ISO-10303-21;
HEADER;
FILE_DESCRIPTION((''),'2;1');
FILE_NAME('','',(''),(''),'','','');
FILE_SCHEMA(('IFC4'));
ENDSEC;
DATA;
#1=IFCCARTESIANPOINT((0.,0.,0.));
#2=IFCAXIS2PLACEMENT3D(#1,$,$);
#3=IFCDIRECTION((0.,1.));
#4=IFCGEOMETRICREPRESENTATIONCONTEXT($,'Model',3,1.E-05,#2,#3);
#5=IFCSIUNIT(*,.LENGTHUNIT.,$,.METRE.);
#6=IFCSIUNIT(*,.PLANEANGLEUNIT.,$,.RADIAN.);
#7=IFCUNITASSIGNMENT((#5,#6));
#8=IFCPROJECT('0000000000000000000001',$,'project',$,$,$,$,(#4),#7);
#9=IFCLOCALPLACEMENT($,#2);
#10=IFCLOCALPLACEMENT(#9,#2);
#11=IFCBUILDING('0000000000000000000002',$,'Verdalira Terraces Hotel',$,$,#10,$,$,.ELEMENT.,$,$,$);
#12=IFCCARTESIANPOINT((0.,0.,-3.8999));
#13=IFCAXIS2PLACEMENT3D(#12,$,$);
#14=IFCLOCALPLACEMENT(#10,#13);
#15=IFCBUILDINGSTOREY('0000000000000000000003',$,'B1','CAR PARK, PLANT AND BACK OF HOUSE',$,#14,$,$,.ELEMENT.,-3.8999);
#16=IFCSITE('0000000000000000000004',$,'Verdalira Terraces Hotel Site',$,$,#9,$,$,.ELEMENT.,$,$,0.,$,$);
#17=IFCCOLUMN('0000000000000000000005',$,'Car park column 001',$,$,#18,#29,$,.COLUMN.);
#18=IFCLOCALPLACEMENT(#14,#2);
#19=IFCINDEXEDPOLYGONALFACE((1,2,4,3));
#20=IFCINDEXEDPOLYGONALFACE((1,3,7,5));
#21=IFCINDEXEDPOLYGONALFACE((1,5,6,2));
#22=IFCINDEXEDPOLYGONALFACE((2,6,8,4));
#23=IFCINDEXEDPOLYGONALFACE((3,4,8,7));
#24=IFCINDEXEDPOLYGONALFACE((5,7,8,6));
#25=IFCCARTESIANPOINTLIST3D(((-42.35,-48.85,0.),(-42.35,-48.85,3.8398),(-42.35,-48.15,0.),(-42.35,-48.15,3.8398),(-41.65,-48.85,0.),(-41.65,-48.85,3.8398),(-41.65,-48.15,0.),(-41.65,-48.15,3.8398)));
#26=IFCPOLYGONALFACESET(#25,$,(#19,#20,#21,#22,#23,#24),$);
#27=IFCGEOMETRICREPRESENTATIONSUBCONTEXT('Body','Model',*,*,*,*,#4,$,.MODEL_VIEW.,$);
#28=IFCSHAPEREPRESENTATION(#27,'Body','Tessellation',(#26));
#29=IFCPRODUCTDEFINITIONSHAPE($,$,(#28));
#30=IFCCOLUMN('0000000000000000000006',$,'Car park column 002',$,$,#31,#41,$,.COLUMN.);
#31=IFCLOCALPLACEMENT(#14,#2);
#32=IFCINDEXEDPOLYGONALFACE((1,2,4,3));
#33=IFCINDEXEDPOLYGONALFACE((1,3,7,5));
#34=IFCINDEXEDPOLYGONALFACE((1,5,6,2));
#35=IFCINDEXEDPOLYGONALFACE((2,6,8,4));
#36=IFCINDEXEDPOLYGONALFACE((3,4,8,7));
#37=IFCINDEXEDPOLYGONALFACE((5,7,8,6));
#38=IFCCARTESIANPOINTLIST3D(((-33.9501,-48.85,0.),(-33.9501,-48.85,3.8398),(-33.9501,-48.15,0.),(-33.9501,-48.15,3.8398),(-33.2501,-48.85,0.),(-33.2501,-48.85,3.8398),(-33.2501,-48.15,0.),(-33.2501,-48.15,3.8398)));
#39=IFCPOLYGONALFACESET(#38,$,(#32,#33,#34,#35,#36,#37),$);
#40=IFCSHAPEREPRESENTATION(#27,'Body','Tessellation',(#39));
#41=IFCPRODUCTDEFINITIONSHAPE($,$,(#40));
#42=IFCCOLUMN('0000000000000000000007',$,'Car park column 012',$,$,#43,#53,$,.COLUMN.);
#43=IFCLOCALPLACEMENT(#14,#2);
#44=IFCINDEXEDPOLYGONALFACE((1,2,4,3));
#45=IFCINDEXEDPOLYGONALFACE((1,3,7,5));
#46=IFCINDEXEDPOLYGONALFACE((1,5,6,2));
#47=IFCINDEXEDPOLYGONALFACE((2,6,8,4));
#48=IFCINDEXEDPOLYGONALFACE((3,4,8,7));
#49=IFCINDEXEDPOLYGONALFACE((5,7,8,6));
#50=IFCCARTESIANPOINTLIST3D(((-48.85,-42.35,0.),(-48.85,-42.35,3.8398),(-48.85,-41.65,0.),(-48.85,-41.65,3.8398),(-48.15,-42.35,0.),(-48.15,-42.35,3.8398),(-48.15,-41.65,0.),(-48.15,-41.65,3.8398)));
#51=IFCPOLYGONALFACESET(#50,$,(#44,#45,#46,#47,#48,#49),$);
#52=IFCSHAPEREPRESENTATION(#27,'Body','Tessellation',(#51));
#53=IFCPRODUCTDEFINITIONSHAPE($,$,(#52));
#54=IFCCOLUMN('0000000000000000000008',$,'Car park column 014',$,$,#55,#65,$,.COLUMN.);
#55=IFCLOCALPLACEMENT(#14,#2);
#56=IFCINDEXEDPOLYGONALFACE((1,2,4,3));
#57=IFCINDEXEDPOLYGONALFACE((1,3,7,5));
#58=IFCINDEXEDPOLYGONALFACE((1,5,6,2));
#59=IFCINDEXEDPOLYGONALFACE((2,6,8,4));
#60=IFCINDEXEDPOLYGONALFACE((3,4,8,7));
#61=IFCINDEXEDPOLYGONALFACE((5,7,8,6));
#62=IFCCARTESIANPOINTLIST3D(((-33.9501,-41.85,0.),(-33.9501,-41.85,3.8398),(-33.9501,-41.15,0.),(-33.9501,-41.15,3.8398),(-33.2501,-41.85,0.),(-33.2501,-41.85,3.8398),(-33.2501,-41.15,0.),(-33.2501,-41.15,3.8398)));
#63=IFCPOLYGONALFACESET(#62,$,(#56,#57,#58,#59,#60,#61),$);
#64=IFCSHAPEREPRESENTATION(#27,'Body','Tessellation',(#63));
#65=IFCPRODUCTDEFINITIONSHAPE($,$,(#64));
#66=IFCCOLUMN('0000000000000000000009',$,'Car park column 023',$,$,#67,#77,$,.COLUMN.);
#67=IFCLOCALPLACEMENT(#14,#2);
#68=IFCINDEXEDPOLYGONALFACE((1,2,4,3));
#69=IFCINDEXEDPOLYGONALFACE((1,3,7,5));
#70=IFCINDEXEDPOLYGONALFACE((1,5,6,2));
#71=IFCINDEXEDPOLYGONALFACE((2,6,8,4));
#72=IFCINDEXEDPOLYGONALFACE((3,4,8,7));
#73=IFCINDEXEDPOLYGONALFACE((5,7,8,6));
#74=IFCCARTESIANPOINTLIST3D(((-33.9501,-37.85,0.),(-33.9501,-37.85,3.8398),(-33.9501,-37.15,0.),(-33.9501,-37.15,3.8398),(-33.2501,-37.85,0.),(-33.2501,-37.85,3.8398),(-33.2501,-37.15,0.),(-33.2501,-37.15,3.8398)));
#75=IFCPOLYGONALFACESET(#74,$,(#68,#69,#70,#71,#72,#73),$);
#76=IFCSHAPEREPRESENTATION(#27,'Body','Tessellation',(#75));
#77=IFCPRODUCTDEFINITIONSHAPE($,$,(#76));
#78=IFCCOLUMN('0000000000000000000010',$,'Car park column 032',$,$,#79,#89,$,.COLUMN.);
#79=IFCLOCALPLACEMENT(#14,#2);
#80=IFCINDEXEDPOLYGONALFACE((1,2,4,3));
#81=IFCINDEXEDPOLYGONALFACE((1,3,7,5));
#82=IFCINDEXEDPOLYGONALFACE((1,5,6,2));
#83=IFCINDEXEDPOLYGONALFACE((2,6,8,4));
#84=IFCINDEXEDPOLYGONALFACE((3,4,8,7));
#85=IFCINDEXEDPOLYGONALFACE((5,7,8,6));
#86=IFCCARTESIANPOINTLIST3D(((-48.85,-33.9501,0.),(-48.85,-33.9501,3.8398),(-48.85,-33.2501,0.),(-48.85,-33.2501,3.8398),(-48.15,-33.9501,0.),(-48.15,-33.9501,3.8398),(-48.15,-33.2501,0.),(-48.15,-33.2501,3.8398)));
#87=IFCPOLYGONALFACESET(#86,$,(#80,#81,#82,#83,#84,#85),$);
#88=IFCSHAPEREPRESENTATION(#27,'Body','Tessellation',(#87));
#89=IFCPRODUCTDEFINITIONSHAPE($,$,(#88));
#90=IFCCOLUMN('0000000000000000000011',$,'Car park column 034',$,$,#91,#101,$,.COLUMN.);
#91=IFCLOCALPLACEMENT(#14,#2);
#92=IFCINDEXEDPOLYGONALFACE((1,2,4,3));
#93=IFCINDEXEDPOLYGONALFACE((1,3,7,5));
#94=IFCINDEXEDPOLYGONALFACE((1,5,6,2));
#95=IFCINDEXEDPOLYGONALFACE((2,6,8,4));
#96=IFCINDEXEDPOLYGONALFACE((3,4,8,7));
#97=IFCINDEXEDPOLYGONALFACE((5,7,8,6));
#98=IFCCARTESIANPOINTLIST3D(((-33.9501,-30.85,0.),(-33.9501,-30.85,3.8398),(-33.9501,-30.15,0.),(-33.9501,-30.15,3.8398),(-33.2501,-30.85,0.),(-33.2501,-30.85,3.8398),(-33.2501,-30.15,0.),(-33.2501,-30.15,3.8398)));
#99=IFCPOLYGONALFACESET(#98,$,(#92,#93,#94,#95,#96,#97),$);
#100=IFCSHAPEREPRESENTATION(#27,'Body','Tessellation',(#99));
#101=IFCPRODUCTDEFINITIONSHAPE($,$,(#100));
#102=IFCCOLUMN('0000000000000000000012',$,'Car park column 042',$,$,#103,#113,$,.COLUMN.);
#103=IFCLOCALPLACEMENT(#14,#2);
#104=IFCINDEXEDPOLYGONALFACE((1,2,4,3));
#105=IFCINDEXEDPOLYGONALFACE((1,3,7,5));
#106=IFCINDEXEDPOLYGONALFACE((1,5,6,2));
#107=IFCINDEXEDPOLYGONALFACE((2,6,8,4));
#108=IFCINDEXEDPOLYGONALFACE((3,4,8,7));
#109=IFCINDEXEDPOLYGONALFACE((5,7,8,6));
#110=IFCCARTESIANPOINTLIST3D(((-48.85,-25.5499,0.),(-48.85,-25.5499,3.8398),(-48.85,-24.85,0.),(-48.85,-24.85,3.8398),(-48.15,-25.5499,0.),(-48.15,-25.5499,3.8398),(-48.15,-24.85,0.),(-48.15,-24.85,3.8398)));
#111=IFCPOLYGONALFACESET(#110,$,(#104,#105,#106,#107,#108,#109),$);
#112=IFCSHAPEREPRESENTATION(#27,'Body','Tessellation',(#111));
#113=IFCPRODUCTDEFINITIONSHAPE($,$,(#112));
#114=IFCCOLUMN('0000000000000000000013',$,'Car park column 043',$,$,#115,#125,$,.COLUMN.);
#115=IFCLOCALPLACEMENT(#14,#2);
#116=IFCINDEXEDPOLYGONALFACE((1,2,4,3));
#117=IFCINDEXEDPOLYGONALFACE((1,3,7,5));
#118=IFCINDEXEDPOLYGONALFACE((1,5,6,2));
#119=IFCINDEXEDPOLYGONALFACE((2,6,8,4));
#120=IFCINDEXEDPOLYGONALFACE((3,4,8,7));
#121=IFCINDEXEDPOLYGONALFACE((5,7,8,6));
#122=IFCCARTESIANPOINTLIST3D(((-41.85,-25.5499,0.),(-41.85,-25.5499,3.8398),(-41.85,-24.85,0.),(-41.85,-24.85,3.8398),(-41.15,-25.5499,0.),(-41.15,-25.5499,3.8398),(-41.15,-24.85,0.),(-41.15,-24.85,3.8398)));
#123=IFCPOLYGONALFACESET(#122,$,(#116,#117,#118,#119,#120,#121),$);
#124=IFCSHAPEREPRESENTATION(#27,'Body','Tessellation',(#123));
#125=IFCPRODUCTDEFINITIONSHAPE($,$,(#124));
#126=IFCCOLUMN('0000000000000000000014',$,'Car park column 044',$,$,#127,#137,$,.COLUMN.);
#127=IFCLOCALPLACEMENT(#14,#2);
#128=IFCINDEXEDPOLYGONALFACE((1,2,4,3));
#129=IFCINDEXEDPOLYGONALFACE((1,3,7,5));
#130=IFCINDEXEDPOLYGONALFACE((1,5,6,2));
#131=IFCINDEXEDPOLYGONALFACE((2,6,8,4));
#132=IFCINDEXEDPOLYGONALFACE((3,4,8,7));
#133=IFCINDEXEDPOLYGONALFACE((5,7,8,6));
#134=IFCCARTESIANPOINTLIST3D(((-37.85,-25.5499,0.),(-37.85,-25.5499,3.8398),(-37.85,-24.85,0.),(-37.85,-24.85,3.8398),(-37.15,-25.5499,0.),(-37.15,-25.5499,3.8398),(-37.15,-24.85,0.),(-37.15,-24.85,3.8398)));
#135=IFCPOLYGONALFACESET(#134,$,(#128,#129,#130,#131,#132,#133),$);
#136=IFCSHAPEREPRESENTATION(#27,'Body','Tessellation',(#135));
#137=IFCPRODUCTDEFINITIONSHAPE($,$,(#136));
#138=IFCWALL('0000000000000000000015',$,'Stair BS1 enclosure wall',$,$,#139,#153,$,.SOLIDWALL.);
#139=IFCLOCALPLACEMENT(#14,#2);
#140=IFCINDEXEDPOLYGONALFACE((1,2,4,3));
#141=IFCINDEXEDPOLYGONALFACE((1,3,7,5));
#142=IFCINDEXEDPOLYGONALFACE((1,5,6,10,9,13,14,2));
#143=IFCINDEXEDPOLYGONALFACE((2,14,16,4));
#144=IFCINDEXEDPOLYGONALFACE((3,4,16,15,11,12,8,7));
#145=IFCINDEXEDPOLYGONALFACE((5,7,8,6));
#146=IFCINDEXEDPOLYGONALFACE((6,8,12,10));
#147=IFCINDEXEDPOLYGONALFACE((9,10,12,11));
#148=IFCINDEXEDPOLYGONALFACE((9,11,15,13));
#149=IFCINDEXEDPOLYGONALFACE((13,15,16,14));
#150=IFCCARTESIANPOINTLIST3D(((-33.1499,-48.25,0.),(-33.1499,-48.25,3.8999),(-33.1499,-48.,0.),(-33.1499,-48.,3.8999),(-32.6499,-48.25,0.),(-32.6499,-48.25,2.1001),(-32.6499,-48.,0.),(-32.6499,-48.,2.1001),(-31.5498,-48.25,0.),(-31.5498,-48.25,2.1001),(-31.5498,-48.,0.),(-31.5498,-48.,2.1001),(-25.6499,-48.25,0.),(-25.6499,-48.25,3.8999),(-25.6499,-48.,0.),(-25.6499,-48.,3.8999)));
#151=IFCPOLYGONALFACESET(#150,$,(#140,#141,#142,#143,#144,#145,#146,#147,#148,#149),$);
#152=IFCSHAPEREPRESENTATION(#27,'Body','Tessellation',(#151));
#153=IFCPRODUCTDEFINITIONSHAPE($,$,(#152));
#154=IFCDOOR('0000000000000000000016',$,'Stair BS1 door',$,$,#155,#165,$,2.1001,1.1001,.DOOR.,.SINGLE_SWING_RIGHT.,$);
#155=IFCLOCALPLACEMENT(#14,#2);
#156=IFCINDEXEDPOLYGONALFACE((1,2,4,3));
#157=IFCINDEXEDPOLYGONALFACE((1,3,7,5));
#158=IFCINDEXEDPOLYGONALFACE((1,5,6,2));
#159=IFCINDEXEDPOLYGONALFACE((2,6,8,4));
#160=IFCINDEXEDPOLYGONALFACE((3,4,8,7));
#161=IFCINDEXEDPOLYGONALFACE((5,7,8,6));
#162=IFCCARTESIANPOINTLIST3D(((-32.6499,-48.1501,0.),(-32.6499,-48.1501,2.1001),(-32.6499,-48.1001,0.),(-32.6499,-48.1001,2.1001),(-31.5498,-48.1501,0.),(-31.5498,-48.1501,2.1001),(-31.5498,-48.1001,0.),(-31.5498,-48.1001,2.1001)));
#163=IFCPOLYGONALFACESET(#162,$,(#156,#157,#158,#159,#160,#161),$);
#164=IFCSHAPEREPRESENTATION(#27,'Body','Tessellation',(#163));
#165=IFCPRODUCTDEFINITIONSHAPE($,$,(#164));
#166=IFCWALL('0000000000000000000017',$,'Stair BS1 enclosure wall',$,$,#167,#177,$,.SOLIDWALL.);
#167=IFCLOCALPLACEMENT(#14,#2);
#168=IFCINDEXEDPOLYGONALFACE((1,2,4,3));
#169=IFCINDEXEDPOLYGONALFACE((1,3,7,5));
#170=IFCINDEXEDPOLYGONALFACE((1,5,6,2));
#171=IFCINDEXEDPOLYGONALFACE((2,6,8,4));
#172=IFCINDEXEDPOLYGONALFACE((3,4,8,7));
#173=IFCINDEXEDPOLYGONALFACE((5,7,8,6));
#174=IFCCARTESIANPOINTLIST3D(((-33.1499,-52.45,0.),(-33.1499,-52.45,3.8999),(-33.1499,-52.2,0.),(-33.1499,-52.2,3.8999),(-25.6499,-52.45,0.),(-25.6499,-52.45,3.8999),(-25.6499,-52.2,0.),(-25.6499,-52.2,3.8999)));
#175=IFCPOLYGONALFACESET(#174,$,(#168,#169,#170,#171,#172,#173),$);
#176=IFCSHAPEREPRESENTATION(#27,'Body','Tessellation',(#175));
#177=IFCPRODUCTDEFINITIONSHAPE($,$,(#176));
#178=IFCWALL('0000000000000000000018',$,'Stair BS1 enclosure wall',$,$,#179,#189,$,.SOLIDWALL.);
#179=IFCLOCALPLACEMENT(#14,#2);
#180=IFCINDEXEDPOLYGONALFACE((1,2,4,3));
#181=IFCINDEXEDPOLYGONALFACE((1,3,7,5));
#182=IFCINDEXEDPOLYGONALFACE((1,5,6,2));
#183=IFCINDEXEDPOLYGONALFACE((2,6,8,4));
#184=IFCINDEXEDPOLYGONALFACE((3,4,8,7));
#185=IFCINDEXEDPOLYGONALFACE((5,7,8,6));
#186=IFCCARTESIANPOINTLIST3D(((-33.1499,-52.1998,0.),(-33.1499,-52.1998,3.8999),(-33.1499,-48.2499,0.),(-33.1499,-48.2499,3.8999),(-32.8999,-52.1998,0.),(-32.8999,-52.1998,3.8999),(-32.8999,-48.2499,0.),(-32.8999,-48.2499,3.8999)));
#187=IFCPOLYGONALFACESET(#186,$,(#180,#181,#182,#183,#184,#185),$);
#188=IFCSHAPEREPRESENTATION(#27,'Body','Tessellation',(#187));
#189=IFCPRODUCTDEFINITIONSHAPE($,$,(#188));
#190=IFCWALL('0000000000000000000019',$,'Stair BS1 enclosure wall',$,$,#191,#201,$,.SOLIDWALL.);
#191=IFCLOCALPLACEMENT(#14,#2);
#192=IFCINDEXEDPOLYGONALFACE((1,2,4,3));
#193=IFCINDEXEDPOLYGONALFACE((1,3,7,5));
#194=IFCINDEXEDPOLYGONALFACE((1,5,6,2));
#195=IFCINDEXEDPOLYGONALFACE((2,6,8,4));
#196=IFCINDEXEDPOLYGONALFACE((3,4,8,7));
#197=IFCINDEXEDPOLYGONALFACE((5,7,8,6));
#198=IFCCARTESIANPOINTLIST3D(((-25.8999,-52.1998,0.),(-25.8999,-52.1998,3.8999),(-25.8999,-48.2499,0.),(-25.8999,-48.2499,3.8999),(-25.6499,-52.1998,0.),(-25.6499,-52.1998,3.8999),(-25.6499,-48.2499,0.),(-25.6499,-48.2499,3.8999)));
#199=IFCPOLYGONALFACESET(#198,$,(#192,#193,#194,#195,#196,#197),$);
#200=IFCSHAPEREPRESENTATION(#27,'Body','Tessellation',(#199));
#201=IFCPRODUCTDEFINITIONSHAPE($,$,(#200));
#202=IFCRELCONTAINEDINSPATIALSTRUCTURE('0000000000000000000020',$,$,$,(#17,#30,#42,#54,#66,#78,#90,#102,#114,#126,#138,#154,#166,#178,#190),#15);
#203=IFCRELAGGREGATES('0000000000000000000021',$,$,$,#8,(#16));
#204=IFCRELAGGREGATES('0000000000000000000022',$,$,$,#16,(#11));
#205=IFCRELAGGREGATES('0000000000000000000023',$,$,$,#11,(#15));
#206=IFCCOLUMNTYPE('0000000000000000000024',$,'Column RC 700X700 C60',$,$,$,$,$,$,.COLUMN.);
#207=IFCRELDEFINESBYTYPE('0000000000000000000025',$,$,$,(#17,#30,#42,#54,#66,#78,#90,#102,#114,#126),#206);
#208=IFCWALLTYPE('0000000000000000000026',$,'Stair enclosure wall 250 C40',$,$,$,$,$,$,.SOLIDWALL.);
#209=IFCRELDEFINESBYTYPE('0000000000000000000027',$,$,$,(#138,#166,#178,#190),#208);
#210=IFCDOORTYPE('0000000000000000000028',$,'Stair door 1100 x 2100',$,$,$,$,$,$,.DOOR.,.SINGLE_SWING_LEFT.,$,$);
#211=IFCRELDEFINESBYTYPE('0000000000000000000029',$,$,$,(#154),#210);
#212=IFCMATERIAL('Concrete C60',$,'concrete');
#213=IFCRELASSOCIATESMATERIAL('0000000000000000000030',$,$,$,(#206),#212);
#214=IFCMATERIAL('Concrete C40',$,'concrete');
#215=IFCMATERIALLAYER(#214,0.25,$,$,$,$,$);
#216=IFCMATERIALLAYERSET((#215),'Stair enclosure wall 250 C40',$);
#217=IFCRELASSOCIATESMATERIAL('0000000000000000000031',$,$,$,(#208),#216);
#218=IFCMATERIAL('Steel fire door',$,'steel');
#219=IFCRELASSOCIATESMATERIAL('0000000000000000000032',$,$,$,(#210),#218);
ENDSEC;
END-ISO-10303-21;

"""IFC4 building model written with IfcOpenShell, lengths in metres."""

from ifc_helpers import new_model, si_unit, direction, frame, frame_2d, origin, origin_2d, place, context, subcontext, project, spatial, rectangle, extrude, material, layer, layer_set, material_profile, profile_set, type_object, element, fill, save


model = new_model("IFC4")

# Units and contexts
model_context = context("Model", 3, precision=1e-05, world=origin(), true_north=direction((0.0, 1.0)))
body_context = subcontext(model_context, "Body", "Model", "MODEL_VIEW")
ifc_project = project(units=[si_unit("LENGTHUNIT", "METRE"), si_unit("PLANEANGLEUNIT", "RADIAN")], contexts=[model_context])

# Site, building, storey
site_placement = place(None, origin())
site = spatial("IfcSite", under=ifc_project, at=site_placement, Name="Verdalira Terraces Hotel Site", CompositionType="ELEMENT", RefElevation=0.0)
building_placement = place(site_placement, origin())
building = spatial("IfcBuilding", under=site, at=building_placement, Name="Verdalira Terraces Hotel", CompositionType="ELEMENT")
storey_placement = place(building_placement, frame((0.0, 0.0, -3.8999)))
storey = spatial("IfcBuildingStorey", under=building, at=storey_placement, Name="B1", Description="CAR PARK, PLANT AND BACK OF HOUSE", CompositionType="ELEMENT", Elevation=-3.8999)

# Columns
ifc_material_1 = material(Name="Concrete C60", Category="concrete")
ifc_material_profile = material_profile(ifc_material_1, rectangle(XDim=0.7, YDim=0.7, at=origin_2d()), Name="RC 700X700")
ifc_profile_set = profile_set([ifc_material_profile], Name="Concrete C60")
column_type = type_object("IfcColumnType", Name="Column RC 700X700 C60", PredefinedType="COLUMN", material=ifc_profile_set)
for number, where, z_axis, x_axis, name in (
    (1, (-42.0, -48.5, 0.0), (0.0, 0.0, 1.0), (1.0, 0.0, 0.0), "Car park column 001"),
    (2, (-33.6001, -48.5, 0.0), (0.0, 0.0, 1.0), (1.0, 0.0, 0.0), "Car park column 002"),
    (3, (-48.5, -42.0, 0.0), (0.0, 0.0, 1.0), (1.0, 0.0, 0.0), "Car park column 012"),
    (4, (-33.6001, -41.5, 0.0), (0.0, 0.0, 1.0), (1.0, 0.0, 0.0), "Car park column 014"),
    (5, (-33.6001, -37.5, 0.0), (0.0, 0.0, 1.0), (1.0, 0.0, 0.0), "Car park column 023"),
    (6, (-48.5, -33.6001, 0.0), (0.0, 0.0, 1.0), (1.0, 0.0, 0.0), "Car park column 032"),
    (7, (-33.6001, -30.5, 0.0), (0.0, 0.0, 1.0), (1.0, 0.0, 0.0), "Car park column 034"),
    (8, (-48.5, -25.2, 0.0), (0.0, 0.0, 1.0), (1.0, 0.0, 0.0), "Car park column 042"),
    (9, (-41.5, -25.2, 0.0), (0.0, 0.0, 1.0), (1.0, 0.0, 0.0), "Car park column 043"),
    (10, (-37.5, -25.2, 0.0), (0.0, 0.0, 1.0), (1.0, 0.0, 0.0), "Car park column 044"),
):
    element("IfcColumn", number, at=place(storey_placement, frame(where, z_axis=z_axis, x_axis=x_axis)), inside=storey, type_object=column_type, Name=name, PredefinedType="COLUMN", context=body_context, shape_type="SweptSolid", body=[
        extrude(rectangle(XDim=0.7, YDim=0.7, at=origin_2d()), origin(), (0.0, 0.0, 1.0), 3.8398),
    ])

# Wall, opening, door
ifc_material_2 = material(Name="Concrete C40", Category="concrete")
ifc_layer = layer(ifc_material_2, 0.25)
ifc_layer_set = layer_set([ifc_layer], Name="Stair enclosure wall 250 C40")
wall_type = type_object("IfcWallType", Name="Stair enclosure wall 250 C40", PredefinedType="SOLIDWALL", material=ifc_layer_set)
wall_1_placement = place(storey_placement, frame((-33.1499, -48.125, 0.0), z_axis=(0.0, 0.0, 1.0), x_axis=(1.0, 0.0, 0.0)))
wall_1 = element("IfcWall", 11, at=wall_1_placement, inside=storey, type_object=wall_type, Name="Stair BS1 enclosure wall", PredefinedType="SOLIDWALL", context=body_context, shape_type="SweptSolid", body=[
    extrude(rectangle(XDim=7.5, YDim=0.25, at=frame_2d((3.75, 0.0))), origin(), (0.0, 0.0, 1.0), 3.8999),
])
opening_placement = place(wall_1_placement, frame((0.5, 0.0, 0.0)))
opening = element("IfcOpeningElement", 12, at=opening_placement, cuts=wall_1, PredefinedType="OPENING", context=body_context, shape_type="SweptSolid", body=[
    extrude(rectangle(XDim=1.1001, YDim=2.1001, at=frame_2d((0.55, 1.05))), frame((0.0, 0.135, 0.0), z_axis=(0.0, -1.0, 0.0), x_axis=(1.0, 0.0, 0.0)), (0.0, 0.0, 1.0), 0.27),
])
ifc_material_3 = material(Name="Steel fire door", Category="steel")
door_type = type_object("IfcDoorType", Name="Stair door 1100 x 2100", OperationType="SINGLE_SWING_LEFT", PredefinedType="DOOR", material=ifc_material_3)
door_placement = place(opening_placement, origin())
door = element("IfcDoor", 13, at=door_placement, inside=storey, type_object=door_type, Name="Stair BS1 door", OperationType="SINGLE_SWING_RIGHT", OverallHeight=2.1001, OverallWidth=1.1001, PredefinedType="DOOR", context=body_context, shape_type="SweptSolid", body=[
    extrude(rectangle(XDim=1.1001, YDim=2.1001, at=frame_2d((0.55, 1.05))), frame((0.0, 0.0249, 0.0), z_axis=(0.0, -1.0, 0.0), x_axis=(1.0, 0.0, 0.0)), (0.0, 0.0, 1.0), 0.05),
])
fill(opening, door)

# Walls
wall_2_placement = place(storey_placement, frame((-33.1499, -52.325, 0.0), z_axis=(0.0, 0.0, 1.0), x_axis=(1.0, 0.0, 0.0)))
element("IfcWall", 14, at=wall_2_placement, inside=storey, type_object=wall_type, Name="Stair BS1 enclosure wall", PredefinedType="SOLIDWALL", context=body_context, shape_type="SweptSolid", body=[
    extrude(rectangle(XDim=7.5, YDim=0.25, at=frame_2d((3.75, 0.0))), origin(), (0.0, 0.0, 1.0), 3.8999),
])
for number, where, z_axis, x_axis, name in (
    (15, (-33.0249, -52.2, 0.0), (0.0, 0.0, 1.0), (0.0, 1.0, 0.0), "Stair BS1 enclosure wall"),
    (16, (-25.7749, -52.2, 0.0), (0.0, 0.0, 1.0), (0.0, 1.0, 0.0), "Stair BS1 enclosure wall"),
):
    element("IfcWall", number, at=place(storey_placement, frame(where, z_axis=z_axis, x_axis=x_axis)), inside=storey, type_object=wall_type, Name=name, PredefinedType="SOLIDWALL", context=body_context, shape_type="SweptSolid", body=[
        extrude(rectangle(XDim=3.95, YDim=0.25, at=frame_2d((1.9751, 0.0))), origin(), (0.0, 0.0, 1.0), 3.8999),
    ])

save(model, "model.ifc")
